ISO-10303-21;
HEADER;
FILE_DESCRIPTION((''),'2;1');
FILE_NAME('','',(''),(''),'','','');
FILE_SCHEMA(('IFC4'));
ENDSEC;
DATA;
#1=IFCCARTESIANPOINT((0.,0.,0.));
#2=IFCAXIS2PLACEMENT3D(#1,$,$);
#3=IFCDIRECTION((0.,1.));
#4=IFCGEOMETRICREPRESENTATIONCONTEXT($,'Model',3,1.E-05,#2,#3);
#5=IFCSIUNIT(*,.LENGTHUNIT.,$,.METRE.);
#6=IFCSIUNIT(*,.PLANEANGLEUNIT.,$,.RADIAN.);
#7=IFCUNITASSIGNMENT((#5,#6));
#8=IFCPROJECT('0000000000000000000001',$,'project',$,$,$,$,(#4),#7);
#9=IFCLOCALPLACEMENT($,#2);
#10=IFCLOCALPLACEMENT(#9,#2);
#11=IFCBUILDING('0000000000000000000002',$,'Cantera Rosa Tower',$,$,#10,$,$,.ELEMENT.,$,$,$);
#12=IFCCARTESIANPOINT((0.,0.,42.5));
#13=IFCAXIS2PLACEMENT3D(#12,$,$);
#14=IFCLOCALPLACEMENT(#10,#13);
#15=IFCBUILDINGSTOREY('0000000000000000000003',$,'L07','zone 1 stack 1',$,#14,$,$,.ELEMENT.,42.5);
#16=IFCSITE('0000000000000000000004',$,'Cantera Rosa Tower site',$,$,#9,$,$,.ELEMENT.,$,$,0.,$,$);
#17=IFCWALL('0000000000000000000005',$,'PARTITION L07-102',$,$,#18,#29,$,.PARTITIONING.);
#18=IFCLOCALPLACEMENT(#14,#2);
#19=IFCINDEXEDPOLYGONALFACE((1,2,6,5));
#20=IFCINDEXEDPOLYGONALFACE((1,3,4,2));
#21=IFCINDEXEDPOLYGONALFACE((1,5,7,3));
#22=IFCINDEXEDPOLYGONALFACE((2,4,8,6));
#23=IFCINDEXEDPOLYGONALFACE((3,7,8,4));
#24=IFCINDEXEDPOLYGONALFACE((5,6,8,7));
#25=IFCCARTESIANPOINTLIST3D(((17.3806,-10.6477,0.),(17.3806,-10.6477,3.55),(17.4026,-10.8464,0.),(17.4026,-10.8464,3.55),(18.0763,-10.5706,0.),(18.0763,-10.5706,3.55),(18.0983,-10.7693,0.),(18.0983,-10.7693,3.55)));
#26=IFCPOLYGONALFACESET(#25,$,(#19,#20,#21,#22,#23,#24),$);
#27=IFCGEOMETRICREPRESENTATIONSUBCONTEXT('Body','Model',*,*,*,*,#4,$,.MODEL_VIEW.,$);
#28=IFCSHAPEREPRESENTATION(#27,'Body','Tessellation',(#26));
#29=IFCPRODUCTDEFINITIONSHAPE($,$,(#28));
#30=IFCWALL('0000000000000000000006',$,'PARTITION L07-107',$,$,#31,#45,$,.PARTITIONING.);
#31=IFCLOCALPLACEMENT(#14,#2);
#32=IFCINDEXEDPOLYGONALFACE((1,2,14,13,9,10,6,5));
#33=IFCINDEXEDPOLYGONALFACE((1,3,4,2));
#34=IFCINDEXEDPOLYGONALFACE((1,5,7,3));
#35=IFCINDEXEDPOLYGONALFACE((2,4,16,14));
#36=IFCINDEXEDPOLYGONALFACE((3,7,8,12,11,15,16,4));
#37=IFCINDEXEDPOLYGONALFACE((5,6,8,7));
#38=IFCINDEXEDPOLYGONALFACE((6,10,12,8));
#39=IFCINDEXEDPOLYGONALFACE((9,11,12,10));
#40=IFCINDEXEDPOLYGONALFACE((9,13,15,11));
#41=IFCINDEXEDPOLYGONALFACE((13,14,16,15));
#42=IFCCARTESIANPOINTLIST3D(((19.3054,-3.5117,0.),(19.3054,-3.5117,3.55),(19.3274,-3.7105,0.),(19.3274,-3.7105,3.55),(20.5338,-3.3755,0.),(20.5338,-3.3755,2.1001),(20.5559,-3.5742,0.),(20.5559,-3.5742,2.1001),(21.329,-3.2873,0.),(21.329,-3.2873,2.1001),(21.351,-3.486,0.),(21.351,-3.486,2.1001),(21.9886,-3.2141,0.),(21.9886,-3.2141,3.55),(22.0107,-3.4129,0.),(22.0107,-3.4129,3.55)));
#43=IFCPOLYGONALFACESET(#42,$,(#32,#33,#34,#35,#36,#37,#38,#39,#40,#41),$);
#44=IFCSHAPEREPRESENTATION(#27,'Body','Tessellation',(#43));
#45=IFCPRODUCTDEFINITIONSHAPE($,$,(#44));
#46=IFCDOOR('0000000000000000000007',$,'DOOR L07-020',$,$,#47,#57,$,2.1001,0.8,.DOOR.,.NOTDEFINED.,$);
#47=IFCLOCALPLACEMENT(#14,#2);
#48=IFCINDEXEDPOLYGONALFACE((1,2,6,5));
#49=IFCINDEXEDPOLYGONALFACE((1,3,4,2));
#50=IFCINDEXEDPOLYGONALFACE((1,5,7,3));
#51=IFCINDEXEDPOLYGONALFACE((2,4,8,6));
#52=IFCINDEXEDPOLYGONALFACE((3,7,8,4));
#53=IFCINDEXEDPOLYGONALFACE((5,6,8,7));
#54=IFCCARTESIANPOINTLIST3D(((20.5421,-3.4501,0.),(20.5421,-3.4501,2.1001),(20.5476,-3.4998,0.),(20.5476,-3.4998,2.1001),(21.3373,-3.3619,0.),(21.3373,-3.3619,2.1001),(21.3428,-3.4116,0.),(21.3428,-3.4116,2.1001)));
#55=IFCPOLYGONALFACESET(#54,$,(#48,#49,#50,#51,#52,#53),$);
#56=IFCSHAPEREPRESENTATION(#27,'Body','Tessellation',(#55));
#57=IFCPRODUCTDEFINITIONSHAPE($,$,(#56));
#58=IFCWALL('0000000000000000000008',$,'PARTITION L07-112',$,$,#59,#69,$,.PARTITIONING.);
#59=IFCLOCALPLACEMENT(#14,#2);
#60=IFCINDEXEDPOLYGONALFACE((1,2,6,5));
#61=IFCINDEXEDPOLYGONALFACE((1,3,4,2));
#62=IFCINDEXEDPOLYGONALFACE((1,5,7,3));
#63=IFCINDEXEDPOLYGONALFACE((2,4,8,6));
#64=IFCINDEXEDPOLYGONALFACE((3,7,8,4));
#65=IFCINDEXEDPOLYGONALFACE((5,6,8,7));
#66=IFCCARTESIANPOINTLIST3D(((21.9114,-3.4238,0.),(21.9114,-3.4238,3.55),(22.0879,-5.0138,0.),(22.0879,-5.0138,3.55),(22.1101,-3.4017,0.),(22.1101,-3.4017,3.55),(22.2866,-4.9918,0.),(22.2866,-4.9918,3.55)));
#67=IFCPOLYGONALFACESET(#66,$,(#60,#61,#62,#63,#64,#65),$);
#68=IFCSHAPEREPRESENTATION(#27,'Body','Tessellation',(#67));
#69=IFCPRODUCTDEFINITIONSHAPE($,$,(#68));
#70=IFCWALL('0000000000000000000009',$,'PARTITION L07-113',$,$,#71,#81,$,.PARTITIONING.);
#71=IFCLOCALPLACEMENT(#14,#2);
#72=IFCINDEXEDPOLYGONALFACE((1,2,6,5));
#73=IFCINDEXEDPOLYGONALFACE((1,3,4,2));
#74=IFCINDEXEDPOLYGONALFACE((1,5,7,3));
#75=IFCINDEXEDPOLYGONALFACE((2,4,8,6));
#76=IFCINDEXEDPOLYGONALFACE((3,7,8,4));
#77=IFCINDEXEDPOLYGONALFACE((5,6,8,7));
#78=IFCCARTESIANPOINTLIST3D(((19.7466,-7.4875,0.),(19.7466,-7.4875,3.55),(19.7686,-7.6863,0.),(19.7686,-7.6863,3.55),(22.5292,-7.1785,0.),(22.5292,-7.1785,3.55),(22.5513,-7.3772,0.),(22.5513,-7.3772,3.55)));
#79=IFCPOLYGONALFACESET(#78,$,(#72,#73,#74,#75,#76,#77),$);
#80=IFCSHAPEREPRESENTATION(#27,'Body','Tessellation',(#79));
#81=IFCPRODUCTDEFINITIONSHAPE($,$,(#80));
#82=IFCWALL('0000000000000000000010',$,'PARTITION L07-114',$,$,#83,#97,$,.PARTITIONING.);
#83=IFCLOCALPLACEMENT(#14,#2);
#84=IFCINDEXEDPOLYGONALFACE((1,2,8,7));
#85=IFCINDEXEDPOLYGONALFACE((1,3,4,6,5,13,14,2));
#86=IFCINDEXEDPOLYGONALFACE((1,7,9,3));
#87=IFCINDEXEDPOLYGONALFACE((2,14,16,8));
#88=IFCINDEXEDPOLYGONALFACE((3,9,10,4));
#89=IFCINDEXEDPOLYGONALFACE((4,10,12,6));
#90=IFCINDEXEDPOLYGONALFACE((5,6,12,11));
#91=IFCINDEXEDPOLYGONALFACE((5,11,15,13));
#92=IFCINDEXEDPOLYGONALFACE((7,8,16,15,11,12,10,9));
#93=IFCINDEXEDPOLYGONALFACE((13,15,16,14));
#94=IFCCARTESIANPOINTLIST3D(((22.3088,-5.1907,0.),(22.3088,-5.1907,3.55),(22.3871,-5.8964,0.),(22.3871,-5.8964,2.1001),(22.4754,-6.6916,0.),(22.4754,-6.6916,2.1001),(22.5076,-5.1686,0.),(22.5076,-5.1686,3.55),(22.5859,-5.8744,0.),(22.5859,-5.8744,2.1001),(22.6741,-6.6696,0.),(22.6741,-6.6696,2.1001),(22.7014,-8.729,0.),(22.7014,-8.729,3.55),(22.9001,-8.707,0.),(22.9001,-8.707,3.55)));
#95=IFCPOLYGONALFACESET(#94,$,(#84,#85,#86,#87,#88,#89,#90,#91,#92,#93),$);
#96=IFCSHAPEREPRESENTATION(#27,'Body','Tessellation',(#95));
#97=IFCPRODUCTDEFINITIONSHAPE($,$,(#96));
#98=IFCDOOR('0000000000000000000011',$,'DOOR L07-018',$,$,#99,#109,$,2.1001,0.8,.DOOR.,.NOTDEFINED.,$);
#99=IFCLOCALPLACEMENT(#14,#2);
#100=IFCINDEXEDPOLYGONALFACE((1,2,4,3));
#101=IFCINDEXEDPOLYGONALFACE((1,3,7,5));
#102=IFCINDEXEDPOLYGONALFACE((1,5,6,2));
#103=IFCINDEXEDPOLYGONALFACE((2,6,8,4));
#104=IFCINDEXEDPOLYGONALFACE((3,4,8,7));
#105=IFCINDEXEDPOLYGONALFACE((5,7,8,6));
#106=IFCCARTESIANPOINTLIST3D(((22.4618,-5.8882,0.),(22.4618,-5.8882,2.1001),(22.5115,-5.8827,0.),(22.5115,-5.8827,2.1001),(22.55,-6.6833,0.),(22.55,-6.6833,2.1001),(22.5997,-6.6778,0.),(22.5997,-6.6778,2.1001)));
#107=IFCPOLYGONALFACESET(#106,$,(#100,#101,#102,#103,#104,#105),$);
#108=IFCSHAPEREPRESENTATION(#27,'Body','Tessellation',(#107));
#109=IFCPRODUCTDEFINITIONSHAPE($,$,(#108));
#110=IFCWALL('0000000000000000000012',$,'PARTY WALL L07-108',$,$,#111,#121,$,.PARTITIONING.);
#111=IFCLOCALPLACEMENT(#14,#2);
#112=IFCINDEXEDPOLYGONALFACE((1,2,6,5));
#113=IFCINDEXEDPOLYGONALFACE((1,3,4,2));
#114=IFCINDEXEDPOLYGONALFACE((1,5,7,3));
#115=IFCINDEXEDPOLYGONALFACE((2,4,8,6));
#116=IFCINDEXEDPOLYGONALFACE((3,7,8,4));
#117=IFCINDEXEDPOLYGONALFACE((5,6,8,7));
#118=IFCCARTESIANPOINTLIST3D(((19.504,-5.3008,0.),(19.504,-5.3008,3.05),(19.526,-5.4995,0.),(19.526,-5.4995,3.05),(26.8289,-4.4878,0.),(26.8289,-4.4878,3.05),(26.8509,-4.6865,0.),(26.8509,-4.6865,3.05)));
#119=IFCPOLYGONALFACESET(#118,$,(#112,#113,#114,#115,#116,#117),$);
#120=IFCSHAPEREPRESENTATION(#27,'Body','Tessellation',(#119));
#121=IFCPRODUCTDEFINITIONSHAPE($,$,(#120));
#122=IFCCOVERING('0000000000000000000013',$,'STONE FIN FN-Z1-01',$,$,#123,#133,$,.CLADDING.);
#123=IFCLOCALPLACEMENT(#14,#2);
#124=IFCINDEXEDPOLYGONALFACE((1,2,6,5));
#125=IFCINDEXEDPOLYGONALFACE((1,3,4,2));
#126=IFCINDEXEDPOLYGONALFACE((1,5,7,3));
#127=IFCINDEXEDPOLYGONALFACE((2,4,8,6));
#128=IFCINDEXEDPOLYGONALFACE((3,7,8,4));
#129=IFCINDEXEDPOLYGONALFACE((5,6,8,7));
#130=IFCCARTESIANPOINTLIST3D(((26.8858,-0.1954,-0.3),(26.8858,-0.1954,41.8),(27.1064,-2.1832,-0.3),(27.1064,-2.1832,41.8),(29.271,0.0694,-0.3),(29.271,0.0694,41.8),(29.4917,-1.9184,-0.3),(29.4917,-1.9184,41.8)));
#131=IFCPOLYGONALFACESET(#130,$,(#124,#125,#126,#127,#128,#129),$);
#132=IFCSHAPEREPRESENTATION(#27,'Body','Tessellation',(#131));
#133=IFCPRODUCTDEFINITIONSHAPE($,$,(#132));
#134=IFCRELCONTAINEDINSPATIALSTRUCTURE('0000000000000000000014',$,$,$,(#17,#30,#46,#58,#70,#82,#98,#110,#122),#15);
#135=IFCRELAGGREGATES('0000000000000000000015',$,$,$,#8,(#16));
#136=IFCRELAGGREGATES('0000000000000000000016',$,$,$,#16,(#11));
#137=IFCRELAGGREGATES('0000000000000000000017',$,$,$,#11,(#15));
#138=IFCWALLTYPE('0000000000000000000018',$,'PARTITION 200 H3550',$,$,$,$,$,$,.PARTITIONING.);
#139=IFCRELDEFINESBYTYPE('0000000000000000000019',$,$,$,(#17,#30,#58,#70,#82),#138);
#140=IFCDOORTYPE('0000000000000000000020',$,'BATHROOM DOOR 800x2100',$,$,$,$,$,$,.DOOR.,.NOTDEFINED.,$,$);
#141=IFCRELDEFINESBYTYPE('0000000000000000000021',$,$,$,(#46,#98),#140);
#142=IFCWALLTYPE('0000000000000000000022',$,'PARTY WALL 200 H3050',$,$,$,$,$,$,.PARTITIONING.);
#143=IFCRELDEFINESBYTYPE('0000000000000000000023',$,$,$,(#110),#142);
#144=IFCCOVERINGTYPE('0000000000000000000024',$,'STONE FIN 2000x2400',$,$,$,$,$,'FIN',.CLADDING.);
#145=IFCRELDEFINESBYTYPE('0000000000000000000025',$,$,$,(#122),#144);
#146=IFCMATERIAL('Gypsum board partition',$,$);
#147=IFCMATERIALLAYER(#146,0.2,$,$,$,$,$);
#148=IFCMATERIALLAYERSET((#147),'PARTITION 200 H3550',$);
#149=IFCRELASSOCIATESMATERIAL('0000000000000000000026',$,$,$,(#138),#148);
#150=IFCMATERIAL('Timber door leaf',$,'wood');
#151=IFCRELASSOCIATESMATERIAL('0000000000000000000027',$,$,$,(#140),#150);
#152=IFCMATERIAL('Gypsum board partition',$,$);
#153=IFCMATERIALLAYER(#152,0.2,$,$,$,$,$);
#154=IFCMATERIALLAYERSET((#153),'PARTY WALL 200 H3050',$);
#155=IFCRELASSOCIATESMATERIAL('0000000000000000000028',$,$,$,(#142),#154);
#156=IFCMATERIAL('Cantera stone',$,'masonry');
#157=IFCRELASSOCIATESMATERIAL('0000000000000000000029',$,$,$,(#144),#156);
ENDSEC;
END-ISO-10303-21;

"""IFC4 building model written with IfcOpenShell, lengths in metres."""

from ifc_helpers import new_model, si_unit, direction, frame, frame_2d, origin, origin_2d, place, context, subcontext, project, spatial, rectangle, extrude, material, layer, layer_set, type_object, element, fill, save


model = new_model("IFC4")

# Units and contexts
model_context = context("Model", 3, precision=1e-05, world=origin(), true_north=direction((0.0, 1.0)))
body_context = subcontext(model_context, "Body", "Model", "MODEL_VIEW")
ifc_project = project(units=[si_unit("LENGTHUNIT", "METRE"), si_unit("PLANEANGLEUNIT", "RADIAN")], contexts=[model_context])

# Site, building, storey
site_placement = place(None, origin())
site = spatial("IfcSite", under=ifc_project, at=site_placement, Name="Cantera Rosa Tower site", CompositionType="ELEMENT", RefElevation=0.0)
building_placement = place(site_placement, origin())
building = spatial("IfcBuilding", under=site, at=building_placement, Name="Cantera Rosa Tower", CompositionType="ELEMENT")
storey_placement = place(building_placement, frame((0.0, 0.0, 42.5)))
storey = spatial("IfcBuildingStorey", under=building, at=storey_placement, Name="L07", Description="zone 1 stack 1", CompositionType="ELEMENT", Elevation=42.5)

# Wall
ifc_material_1 = material(Name="Gypsum board partition")
ifc_layer_1 = layer(ifc_material_1, 0.2)
ifc_layer_set_1 = layer_set([ifc_layer_1], Name="PARTITION 200 H3550")
wall_type_1 = type_object("IfcWallType", Name="PARTITION 200 H3550", PredefinedType="PARTITIONING", material=ifc_layer_set_1)
wall_1_placement = place(storey_placement, frame((18.0874, -10.6699, 0.0), z_axis=(0.0, 0.0, 1.0), x_axis=(-0.993909, -0.110202, 0.0)))
element("IfcWall", 1, at=wall_1_placement, inside=storey, type_object=wall_type_1, Name="PARTITION L07-102", PredefinedType="PARTITIONING", context=body_context, shape_type="SweptSolid", body=[
    extrude(rectangle(XDim=0.7, YDim=0.2, at=frame_2d((0.3501, 0.0))), origin(), (0.0, 0.0, 1.0), 3.55),
])

# Wall, opening, door
wall_2_placement = place(storey_placement, frame((19.3164, -3.6111, 0.0), z_axis=(0.0, 0.0, 1.0), x_axis=(0.993906, 0.110233, 0.0)))
wall_2 = element("IfcWall", 2, at=wall_2_placement, inside=storey, type_object=wall_type_1, Name="PARTITION L07-107", PredefinedType="PARTITIONING", context=body_context, shape_type="SweptSolid", body=[
    extrude(rectangle(XDim=2.6997, YDim=0.2, at=frame_2d((1.3499, 0.0))), origin(), (0.0, 0.0, 1.0), 3.55),
])
opening_1_placement = place(wall_2_placement, frame((1.2361, 0.0, 0.0)))
opening_1 = element("IfcOpeningElement", 3, at=opening_1_placement, cuts=wall_2, PredefinedType="OPENING", context=body_context, shape_type="SweptSolid", body=[
    extrude(rectangle(XDim=0.8, YDim=2.1001, at=frame_2d((0.3999, 1.05))), frame((0.0, 0.1099, 0.0), z_axis=(0.0, -1.0, 0.0), x_axis=(1.0, 0.0, 0.0)), (0.0, 0.0, 1.0), 0.22),
])
ifc_material_2 = material(Name="Timber door leaf", Category="wood")
door_type_1 = type_object("IfcDoorType", Name="BATHROOM DOOR 800x2100", OperationType="NOTDEFINED", PredefinedType="DOOR", material=ifc_material_2)
door_1_placement = place(opening_1_placement, origin())
door_1 = element("IfcDoor", 4, at=door_1_placement, inside=storey, type_object=door_type_1, Name="DOOR L07-020", OperationType="NOTDEFINED", OverallHeight=2.1001, OverallWidth=0.8, PredefinedType="DOOR", context=body_context, shape_type="SweptSolid", body=[
    extrude(rectangle(XDim=0.8, YDim=2.1001, at=frame_2d((0.3999, 1.05))), frame((0.0, 0.0249, 0.0), z_axis=(0.0, -1.0, 0.0), x_axis=(1.0, 0.0, 0.0)), (0.0, 0.0, 1.0), 0.05),
])
fill(opening_1, door_1)

# Walls
wall_3_placement = place(storey_placement, frame((22.0107, -3.4128, 0.0), z_axis=(0.0, 0.0, 1.0), x_axis=(0.110331, -0.993895, 0.0)))
element("IfcWall", 5, at=wall_3_placement, inside=storey, type_object=wall_type_1, Name="PARTITION L07-112", PredefinedType="PARTITIONING", context=body_context, shape_type="SweptSolid", body=[
    extrude(rectangle(XDim=1.5999, YDim=0.2, at=frame_2d((0.7998, 0.0))), origin(), (0.0, 0.0, 1.0), 3.55),
])
wall_4_placement = place(storey_placement, frame((22.5403, -7.2778, 0.0), z_axis=(0.0, 0.0, 1.0), x_axis=(-0.993888, -0.110393, 0.0)))
element("IfcWall", 6, at=wall_4_placement, inside=storey, type_object=wall_type_1, Name="PARTITION L07-113", PredefinedType="PARTITIONING", context=body_context, shape_type="SweptSolid", body=[
    extrude(rectangle(XDim=2.7998, YDim=0.2, at=frame_2d((1.3999, 0.0))), origin(), (0.0, 0.0, 1.0), 3.55),
])

# Wall, opening, door
wall_5_placement = place(storey_placement, frame((22.8008, -8.718, 0.0), z_axis=(0.0, 0.0, 1.0), x_axis=(-0.110273, 0.993901, 0.0)))
wall_5 = element("IfcWall", 7, at=wall_5_placement, inside=storey, type_object=wall_type_1, Name="PARTITION L07-114", PredefinedType="PARTITIONING", context=body_context, shape_type="SweptSolid", body=[
    extrude(rectangle(XDim=3.5601, YDim=0.2, at=frame_2d((1.78, 0.0))), origin(), (0.0, 0.0, 1.0), 3.55),
])
opening_2_placement = place(wall_5_placement, frame((2.05, 0.0, 0.0)))
opening_2 = element("IfcOpeningElement", 8, at=opening_2_placement, cuts=wall_5, PredefinedType="OPENING", context=body_context, shape_type="SweptSolid", body=[
    extrude(rectangle(XDim=0.8, YDim=2.1001, at=frame_2d((0.3999, 1.05))), frame((0.0, 0.1099, 0.0), z_axis=(0.0, -1.0, 0.0), x_axis=(1.0, 0.0, 0.0)), (0.0, 0.0, 1.0), 0.22),
])
door_2_placement = place(opening_2_placement, origin())
door_2 = element("IfcDoor", 9, at=door_2_placement, inside=storey, type_object=door_type_1, Name="DOOR L07-018", OperationType="NOTDEFINED", OverallHeight=2.1001, OverallWidth=0.8, PredefinedType="DOOR", context=body_context, shape_type="SweptSolid", body=[
    extrude(rectangle(XDim=0.8, YDim=2.1001, at=frame_2d((0.3999, 1.05))), frame((0.0, 0.0249, 0.0), z_axis=(0.0, -1.0, 0.0), x_axis=(1.0, 0.0, 0.0)), (0.0, 0.0, 1.0), 0.05),
])
fill(opening_2, door_2)

# Wall
ifc_material_3 = material(Name="Gypsum board partition")
ifc_layer_2 = layer(ifc_material_3, 0.2)
ifc_layer_set_2 = layer_set([ifc_layer_2], Name="PARTY WALL 200 H3050")
wall_type_2 = type_object("IfcWallType", Name="PARTY WALL 200 H3050", PredefinedType="PARTITIONING", material=ifc_layer_set_2)
wall_6_placement = place(storey_placement, frame((19.5149, -5.4001, 0.0), z_axis=(0.0, 0.0, 1.0), x_axis=(0.993897, 0.110312, 0.0)))
element("IfcWall", 10, at=wall_6_placement, inside=storey, type_object=wall_type_2, Name="PARTY WALL L07-108", PredefinedType="PARTITIONING", context=body_context, shape_type="SweptSolid", body=[
    extrude(rectangle(XDim=7.3699, YDim=0.2, at=frame_2d((3.6851, 0.0))), origin(), (0.0, 0.0, 1.0), 3.05),
])

# Covering
ifc_material_4 = material(Name="Cantera stone", Category="masonry")
covering_type = type_object("IfcCoveringType", Name="STONE FIN 2000x2400", ElementType="FIN", PredefinedType="CLADDING", material=ifc_material_4)
covering_placement = place(storey_placement, frame((28.1887, -1.0569, -0.3), z_axis=(0.0, 0.0, 1.0), x_axis=(-0.110313, 0.993897, 0.0)))
element("IfcCovering", 11, at=covering_placement, inside=storey, type_object=covering_type, Name="STONE FIN FN-Z1-01", PredefinedType="CLADDING", context=body_context, shape_type="SweptSolid", body=[
    extrude(rectangle(XDim=2.0, YDim=2.3999, at=origin_2d()), origin(), (0.0, 0.0, 1.0), 42.1001),
])

save(model, "model.ifc")
